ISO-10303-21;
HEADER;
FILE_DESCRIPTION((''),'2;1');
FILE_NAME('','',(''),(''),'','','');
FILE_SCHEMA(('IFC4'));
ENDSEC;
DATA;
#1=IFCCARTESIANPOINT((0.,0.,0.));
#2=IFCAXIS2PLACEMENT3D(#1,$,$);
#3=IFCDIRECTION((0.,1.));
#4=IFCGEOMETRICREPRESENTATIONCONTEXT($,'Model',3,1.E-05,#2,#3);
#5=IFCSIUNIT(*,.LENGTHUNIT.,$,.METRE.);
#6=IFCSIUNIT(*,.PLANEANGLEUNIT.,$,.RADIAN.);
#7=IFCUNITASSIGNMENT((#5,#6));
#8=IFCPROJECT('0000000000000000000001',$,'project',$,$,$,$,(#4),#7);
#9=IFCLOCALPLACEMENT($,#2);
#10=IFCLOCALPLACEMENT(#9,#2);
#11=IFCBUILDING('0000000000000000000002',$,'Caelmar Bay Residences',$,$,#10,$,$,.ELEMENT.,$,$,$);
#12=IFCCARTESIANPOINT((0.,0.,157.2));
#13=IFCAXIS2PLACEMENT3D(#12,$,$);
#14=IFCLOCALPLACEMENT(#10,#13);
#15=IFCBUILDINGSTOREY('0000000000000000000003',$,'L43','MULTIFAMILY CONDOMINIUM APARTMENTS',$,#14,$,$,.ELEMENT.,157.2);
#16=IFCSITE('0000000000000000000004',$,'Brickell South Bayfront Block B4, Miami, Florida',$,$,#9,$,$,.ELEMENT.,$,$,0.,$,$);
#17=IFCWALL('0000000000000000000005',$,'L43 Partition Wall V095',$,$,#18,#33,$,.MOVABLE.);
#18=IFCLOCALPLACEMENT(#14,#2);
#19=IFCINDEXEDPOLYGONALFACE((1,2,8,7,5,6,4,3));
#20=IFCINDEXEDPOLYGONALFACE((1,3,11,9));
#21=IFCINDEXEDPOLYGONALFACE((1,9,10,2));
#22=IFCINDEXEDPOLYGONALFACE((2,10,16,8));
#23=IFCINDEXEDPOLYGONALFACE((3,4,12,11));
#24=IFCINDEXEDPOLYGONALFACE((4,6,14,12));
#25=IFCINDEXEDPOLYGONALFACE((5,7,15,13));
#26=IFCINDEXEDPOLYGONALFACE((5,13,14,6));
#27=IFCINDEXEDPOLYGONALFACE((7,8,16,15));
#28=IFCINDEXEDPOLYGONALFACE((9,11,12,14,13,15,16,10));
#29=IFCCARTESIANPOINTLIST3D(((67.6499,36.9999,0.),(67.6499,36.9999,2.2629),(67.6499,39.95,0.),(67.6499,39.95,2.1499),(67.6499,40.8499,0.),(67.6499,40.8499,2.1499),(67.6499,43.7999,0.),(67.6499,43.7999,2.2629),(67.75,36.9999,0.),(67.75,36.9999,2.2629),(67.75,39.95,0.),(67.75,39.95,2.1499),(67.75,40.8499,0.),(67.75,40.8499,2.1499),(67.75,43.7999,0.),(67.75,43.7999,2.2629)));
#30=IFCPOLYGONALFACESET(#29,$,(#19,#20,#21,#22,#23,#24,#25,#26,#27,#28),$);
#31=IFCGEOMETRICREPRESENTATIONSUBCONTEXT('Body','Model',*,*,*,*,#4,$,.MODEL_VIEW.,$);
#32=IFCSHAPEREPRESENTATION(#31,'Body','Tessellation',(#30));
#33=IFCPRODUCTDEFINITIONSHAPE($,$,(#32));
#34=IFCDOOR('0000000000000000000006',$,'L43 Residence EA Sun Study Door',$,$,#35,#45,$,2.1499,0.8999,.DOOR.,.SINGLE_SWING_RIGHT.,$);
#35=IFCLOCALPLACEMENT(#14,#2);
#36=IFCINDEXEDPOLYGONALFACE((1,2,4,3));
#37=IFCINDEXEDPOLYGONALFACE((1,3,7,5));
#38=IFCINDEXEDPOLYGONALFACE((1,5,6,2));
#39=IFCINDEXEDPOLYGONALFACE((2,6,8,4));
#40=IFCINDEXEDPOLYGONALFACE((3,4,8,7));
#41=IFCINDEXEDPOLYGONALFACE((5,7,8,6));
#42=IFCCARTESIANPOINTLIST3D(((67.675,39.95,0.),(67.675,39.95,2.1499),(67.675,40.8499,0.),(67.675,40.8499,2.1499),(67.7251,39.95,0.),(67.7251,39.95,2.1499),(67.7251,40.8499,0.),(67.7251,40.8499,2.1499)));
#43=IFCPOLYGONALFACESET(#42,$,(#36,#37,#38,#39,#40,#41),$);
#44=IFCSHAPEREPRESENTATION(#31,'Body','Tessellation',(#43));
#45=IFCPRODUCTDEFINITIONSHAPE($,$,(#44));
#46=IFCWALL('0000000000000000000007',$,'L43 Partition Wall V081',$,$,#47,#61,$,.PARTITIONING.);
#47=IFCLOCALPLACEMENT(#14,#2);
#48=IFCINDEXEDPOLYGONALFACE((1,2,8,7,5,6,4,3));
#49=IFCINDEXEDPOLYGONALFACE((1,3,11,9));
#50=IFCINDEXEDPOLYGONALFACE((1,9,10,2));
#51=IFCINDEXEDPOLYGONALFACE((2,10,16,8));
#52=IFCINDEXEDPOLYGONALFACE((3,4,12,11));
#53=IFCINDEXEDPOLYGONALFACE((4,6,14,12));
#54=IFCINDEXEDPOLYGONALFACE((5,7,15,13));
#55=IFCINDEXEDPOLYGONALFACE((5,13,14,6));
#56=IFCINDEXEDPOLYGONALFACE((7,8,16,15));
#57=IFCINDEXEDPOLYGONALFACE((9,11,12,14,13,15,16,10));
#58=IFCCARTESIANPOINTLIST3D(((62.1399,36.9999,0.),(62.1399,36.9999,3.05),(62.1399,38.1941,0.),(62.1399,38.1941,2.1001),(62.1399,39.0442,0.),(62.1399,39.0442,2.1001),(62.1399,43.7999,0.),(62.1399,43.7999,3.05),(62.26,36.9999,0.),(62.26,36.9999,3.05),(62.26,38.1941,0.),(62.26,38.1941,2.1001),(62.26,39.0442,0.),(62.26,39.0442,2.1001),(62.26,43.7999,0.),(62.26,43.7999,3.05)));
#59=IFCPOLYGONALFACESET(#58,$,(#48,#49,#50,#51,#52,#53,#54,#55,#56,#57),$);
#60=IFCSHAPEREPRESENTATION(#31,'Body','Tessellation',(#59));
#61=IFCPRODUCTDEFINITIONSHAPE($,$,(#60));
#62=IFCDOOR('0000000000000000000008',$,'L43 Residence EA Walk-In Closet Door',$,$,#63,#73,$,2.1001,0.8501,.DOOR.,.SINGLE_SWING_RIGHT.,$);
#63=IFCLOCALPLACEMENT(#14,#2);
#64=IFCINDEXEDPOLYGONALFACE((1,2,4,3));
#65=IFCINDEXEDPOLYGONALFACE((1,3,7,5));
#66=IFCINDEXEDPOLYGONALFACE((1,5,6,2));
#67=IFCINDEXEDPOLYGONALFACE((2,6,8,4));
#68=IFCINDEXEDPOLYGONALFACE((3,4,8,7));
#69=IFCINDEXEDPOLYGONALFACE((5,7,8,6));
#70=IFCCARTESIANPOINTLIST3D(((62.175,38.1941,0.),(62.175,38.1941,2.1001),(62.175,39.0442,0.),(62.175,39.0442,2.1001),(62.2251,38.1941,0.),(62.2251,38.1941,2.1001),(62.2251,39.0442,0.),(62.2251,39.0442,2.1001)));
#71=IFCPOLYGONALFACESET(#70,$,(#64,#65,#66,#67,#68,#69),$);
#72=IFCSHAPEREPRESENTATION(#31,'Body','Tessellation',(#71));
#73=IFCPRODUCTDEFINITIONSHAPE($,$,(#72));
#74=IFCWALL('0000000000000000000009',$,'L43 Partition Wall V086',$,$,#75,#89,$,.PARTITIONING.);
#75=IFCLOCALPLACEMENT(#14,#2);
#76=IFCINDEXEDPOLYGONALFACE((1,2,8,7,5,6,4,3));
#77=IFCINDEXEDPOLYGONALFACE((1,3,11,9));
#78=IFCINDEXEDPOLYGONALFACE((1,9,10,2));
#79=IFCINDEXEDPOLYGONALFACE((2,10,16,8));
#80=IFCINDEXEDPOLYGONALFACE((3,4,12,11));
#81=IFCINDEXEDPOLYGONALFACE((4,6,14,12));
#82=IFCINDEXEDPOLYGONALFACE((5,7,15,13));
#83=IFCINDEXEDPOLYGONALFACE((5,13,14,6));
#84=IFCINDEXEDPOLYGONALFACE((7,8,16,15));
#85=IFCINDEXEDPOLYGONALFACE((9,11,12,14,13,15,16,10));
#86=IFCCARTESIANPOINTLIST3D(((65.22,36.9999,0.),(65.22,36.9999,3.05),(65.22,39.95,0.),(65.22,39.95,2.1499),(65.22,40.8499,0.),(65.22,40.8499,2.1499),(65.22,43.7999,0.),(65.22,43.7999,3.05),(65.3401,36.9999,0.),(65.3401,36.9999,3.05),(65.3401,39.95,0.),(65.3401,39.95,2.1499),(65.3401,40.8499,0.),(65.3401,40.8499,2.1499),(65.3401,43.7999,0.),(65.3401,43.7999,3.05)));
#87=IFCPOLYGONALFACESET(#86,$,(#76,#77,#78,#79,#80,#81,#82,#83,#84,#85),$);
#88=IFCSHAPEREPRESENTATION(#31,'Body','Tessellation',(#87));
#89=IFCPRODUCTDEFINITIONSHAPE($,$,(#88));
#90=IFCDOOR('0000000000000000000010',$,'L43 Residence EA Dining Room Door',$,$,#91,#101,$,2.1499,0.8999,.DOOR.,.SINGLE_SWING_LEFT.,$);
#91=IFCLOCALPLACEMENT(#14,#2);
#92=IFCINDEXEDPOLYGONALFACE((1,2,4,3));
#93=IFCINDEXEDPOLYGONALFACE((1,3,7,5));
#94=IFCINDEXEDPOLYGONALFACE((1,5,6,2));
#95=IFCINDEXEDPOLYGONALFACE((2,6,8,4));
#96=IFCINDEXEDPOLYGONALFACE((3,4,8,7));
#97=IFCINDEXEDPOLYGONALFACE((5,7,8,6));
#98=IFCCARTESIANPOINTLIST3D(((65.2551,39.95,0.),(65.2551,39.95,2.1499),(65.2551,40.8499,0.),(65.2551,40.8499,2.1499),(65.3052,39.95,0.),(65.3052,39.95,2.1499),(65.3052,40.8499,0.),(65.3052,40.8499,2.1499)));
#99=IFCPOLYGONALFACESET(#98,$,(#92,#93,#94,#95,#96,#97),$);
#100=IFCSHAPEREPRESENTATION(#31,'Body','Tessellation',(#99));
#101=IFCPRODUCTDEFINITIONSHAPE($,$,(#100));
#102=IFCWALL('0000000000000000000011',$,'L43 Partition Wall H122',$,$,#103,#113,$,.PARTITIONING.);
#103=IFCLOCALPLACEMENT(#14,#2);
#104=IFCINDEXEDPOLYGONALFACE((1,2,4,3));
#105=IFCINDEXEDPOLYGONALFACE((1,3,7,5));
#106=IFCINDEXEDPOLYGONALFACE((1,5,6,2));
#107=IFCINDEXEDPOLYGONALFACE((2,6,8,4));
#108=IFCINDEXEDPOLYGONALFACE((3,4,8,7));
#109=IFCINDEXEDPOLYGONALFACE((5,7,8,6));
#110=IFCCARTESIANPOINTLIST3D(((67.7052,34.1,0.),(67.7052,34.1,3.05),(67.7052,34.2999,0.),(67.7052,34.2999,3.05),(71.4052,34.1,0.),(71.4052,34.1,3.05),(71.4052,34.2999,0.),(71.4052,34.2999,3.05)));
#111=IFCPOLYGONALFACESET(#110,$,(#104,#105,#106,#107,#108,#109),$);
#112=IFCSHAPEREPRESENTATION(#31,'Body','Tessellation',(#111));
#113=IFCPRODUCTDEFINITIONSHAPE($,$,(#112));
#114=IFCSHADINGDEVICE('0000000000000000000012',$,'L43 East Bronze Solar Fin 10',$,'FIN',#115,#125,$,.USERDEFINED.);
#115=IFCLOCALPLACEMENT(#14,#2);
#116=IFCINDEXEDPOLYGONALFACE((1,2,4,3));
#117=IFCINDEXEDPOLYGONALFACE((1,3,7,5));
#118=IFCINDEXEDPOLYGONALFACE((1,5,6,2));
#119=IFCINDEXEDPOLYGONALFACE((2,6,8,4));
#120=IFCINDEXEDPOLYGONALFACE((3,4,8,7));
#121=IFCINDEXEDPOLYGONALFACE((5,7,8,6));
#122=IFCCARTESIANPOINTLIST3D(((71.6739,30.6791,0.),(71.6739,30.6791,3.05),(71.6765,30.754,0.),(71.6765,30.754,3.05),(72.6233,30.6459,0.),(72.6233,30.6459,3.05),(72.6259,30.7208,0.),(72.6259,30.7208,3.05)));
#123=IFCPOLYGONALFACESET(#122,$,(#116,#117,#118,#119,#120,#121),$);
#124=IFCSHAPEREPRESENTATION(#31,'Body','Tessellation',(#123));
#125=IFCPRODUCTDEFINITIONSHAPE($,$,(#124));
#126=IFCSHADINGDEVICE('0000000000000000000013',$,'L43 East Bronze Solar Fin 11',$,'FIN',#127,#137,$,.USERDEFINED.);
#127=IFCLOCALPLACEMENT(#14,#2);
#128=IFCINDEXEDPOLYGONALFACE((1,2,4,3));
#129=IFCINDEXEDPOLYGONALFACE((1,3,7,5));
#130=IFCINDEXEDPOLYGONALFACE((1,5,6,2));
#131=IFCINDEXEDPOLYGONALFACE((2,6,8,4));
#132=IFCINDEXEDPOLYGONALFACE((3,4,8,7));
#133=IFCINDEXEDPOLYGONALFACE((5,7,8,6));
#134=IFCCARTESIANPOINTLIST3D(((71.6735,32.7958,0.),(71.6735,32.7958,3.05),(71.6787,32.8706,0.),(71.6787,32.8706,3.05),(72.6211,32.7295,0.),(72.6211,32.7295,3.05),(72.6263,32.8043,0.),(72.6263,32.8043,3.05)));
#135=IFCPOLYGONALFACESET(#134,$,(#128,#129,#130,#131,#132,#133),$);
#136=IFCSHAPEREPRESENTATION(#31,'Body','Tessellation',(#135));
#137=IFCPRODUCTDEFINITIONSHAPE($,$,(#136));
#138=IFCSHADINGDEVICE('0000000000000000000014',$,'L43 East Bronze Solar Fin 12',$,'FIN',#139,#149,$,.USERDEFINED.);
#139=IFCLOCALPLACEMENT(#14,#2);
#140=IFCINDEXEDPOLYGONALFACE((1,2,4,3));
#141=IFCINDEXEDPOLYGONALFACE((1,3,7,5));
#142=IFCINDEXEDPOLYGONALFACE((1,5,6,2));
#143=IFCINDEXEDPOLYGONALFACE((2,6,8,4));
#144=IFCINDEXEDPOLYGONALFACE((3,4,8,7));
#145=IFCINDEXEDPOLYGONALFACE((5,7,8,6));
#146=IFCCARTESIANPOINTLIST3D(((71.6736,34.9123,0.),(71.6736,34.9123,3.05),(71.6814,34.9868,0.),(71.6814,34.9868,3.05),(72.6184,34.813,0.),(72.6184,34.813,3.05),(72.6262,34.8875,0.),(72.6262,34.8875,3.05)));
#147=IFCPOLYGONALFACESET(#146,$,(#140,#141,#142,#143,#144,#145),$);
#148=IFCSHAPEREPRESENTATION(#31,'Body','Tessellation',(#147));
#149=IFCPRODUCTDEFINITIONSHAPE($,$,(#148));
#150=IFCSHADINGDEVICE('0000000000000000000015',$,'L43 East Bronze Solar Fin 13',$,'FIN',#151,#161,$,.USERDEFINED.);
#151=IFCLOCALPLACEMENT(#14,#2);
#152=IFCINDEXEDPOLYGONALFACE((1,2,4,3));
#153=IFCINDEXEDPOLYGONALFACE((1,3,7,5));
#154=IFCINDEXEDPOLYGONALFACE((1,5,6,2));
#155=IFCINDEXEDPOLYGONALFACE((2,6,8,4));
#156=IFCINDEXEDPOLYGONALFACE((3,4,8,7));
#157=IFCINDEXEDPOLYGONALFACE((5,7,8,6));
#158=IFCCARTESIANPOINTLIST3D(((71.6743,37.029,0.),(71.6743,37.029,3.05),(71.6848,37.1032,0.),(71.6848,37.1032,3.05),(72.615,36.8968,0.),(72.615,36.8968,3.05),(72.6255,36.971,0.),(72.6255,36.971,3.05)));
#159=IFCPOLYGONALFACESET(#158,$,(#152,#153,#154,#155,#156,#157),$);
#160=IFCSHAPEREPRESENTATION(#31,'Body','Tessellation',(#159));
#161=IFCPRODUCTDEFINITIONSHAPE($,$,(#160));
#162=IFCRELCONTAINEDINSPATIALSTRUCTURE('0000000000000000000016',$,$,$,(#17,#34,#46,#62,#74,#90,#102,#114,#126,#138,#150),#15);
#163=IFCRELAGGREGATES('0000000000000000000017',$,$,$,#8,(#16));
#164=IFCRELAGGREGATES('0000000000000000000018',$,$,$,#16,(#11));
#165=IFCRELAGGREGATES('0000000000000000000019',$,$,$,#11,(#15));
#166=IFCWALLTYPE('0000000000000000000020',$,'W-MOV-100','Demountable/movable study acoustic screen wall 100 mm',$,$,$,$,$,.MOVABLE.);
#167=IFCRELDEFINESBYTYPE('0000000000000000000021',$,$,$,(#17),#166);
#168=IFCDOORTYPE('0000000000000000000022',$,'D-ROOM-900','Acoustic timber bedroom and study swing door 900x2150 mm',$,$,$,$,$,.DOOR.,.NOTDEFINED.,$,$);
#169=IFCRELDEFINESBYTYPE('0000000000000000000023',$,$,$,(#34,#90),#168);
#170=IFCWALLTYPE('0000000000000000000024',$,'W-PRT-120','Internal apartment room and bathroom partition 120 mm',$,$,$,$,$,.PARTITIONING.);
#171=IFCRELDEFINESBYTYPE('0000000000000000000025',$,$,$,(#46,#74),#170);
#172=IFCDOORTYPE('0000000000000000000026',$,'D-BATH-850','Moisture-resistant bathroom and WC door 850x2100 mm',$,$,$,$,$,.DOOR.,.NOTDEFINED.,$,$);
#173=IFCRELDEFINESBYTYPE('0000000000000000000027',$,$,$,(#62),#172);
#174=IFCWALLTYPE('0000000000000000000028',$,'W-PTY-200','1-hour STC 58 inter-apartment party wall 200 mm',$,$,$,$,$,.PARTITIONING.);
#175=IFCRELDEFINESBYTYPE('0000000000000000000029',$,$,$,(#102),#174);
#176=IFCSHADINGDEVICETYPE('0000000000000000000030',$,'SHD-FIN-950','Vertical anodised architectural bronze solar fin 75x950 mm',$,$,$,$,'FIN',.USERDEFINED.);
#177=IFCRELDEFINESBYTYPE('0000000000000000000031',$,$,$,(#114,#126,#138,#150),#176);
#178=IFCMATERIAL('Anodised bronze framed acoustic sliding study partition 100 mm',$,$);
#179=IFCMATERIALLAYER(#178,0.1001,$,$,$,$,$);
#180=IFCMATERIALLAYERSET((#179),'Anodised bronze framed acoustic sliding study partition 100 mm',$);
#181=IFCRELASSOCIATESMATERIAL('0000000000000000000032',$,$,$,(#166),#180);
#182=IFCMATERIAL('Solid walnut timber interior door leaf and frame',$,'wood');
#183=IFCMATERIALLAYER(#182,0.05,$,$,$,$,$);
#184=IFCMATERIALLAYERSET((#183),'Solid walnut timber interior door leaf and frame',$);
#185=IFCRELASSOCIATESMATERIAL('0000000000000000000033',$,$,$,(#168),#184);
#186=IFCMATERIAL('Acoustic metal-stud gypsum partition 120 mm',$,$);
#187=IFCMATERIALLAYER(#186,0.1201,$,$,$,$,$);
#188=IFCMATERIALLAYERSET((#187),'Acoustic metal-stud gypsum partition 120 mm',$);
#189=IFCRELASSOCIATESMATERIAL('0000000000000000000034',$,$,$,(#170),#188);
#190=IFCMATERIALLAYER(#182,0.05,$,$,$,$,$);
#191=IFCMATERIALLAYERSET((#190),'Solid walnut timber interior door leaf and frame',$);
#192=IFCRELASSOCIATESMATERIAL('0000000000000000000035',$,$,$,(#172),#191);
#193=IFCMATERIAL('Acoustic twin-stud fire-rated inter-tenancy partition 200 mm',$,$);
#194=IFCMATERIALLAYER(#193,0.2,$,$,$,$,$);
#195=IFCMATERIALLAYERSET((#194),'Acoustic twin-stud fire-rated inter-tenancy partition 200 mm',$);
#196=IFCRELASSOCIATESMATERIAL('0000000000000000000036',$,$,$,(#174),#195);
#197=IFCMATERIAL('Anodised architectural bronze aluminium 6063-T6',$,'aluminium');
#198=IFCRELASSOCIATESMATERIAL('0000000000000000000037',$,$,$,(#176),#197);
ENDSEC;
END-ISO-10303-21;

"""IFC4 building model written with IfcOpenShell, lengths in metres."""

from ifc_helpers import new_model, si_unit, direction, frame, frame_2d, origin, origin_2d, place, context, subcontext, project, spatial, rectangle, extrude, material, layer, layer_set, material_profile, profile_set, type_object, element, fill, save


model = new_model("IFC4")

# Units and contexts
model_context = context("Model", 3, precision=1e-05, world=origin(), true_north=direction((0.0, 1.0)))
body_context = subcontext(model_context, "Body", "Model", "MODEL_VIEW")
ifc_project = project(units=[si_unit("LENGTHUNIT", "METRE"), si_unit("PLANEANGLEUNIT", "RADIAN")], contexts=[model_context])

# Site, building, storey
site_placement = place(None, origin())
site = spatial("IfcSite", under=ifc_project, at=site_placement, Name="Brickell South Bayfront Block B4, Miami, Florida", CompositionType="ELEMENT", RefElevation=0.0)
building_placement = place(site_placement, origin())
building = spatial("IfcBuilding", under=site, at=building_placement, Name="Caelmar Bay Residences", CompositionType="ELEMENT")
storey_placement = place(building_placement, frame((0.0, 0.0, 157.2)))
storey = spatial("IfcBuildingStorey", under=building, at=storey_placement, Name="L43", Description="MULTIFAMILY CONDOMINIUM APARTMENTS", CompositionType="ELEMENT", Elevation=157.2)

# Walls, openings, doors
ifc_material_1 = material(Name="Anodised bronze framed acoustic sliding study partition 100 mm")
ifc_layer_1 = layer(ifc_material_1, 0.1001)
ifc_layer_set_1 = layer_set([ifc_layer_1], Name="Anodised bronze framed acoustic sliding study partition 100 mm")
wall_type_1 = type_object("IfcWallType", Name="W-MOV-100", Description="Demountable/movable study acoustic screen wall 100 mm", PredefinedType="MOVABLE", material=ifc_layer_set_1)
wall_1_placement = place(storey_placement, frame((67.7, 37.0, 0.0), z_axis=(0.0, 0.0, 1.0), x_axis=(0.0, 1.0, 0.0)))
wall_1 = element("IfcWall", 1, at=wall_1_placement, inside=storey, type_object=wall_type_1, Name="L43 Partition Wall V095", PredefinedType="MOVABLE", context=body_context, shape_type="SweptSolid", body=[
    extrude(rectangle(XDim=6.8, YDim=0.1001, at=frame_2d((3.3999, 0.0))), origin(), (0.0, 0.0, 1.0), 2.2629),
])
opening_1_placement = place(wall_1_placement, frame((2.95, 0.0, 0.0)))
opening_1 = element("IfcOpeningElement", 2, at=opening_1_placement, cuts=wall_1, PredefinedType="OPENING", context=body_context, shape_type="SweptSolid", body=[
    extrude(rectangle(XDim=0.8999, YDim=2.1499, at=frame_2d((0.45, 1.075))), frame((0.0, 0.0601, 0.0), z_axis=(0.0, -1.0, 0.0), x_axis=(1.0, 0.0, 0.0)), (0.0, 0.0, 1.0), 0.1201),
])
ifc_material_2 = material(Name="Solid walnut timber interior door leaf and frame", Category="wood")
ifc_layer_2 = layer(ifc_material_2, 0.05)
ifc_layer_set_2 = layer_set([ifc_layer_2], Name="Solid walnut timber interior door leaf and frame")
door_type_1 = type_object("IfcDoorType", Name="D-ROOM-900", Description="Acoustic timber bedroom and study swing door 900x2150 mm", OperationType="NOTDEFINED", PredefinedType="DOOR", material=ifc_layer_set_2)
door_1_placement = place(opening_1_placement, origin())
door_1 = element("IfcDoor", 3, at=door_1_placement, inside=storey, type_object=door_type_1, Name="L43 Residence EA Sun Study Door", OperationType="SINGLE_SWING_RIGHT", OverallHeight=2.1499, OverallWidth=0.8999, PredefinedType="DOOR", context=body_context, shape_type="SweptSolid", body=[
    extrude(rectangle(XDim=0.8999, YDim=2.1499, at=frame_2d((0.45, 1.075))), frame((0.0, 0.0249, 0.0), z_axis=(0.0, -1.0, 0.0), x_axis=(1.0, 0.0, 0.0)), (0.0, 0.0, 1.0), 0.05),
])
fill(opening_1, door_1)
ifc_material_3 = material(Name="Acoustic metal-stud gypsum partition 120 mm")
ifc_layer_3 = layer(ifc_material_3, 0.1201)
ifc_layer_set_3 = layer_set([ifc_layer_3], Name="Acoustic metal-stud gypsum partition 120 mm")
wall_type_2 = type_object("IfcWallType", Name="W-PRT-120", Description="Internal apartment room and bathroom partition 120 mm", PredefinedType="PARTITIONING", material=ifc_layer_set_3)
wall_2_placement = place(storey_placement, frame((62.2, 37.0, 0.0), z_axis=(0.0, 0.0, 1.0), x_axis=(0.0, 1.0, 0.0)))
wall_2 = element("IfcWall", 4, at=wall_2_placement, inside=storey, type_object=wall_type_2, Name="L43 Partition Wall V081", PredefinedType="PARTITIONING", context=body_context, shape_type="SweptSolid", body=[
    extrude(rectangle(XDim=6.8, YDim=0.1201, at=frame_2d((3.3999, 0.0))), origin(), (0.0, 0.0, 1.0), 3.05),
])
opening_2_placement = place(wall_2_placement, frame((1.1941, 0.0, 0.0)))
opening_2 = element("IfcOpeningElement", 5, at=opening_2_placement, cuts=wall_2, PredefinedType="OPENING", context=body_context, shape_type="SweptSolid", body=[
    extrude(rectangle(XDim=0.8501, YDim=2.1001, at=frame_2d((0.425, 1.05))), frame((0.0, 0.0701, 0.0), z_axis=(0.0, -1.0, 0.0), x_axis=(1.0, 0.0, 0.0)), (0.0, 0.0, 1.0), 0.1401),
])
ifc_layer_4 = layer(ifc_material_2, 0.05)
ifc_layer_set_4 = layer_set([ifc_layer_4], Name="Solid walnut timber interior door leaf and frame")
door_type_2 = type_object("IfcDoorType", Name="D-BATH-850", Description="Moisture-resistant bathroom and WC door 850x2100 mm", OperationType="NOTDEFINED", PredefinedType="DOOR", material=ifc_layer_set_4)
door_2_placement = place(opening_2_placement, origin())
door_2 = element("IfcDoor", 6, at=door_2_placement, inside=storey, type_object=door_type_2, Name="L43 Residence EA Walk-In Closet Door", OperationType="SINGLE_SWING_RIGHT", OverallHeight=2.1001, OverallWidth=0.8501, PredefinedType="DOOR", context=body_context, shape_type="SweptSolid", body=[
    extrude(rectangle(XDim=0.8501, YDim=2.1001, at=frame_2d((0.425, 1.05))), frame((0.0, 0.0249, 0.0), z_axis=(0.0, -1.0, 0.0), x_axis=(1.0, 0.0, 0.0)), (0.0, 0.0, 1.0), 0.05),
])
fill(opening_2, door_2)
wall_3_placement = place(storey_placement, frame((65.28, 37.0, 0.0), z_axis=(0.0, 0.0, 1.0), x_axis=(0.0, 1.0, 0.0)))
wall_3 = element("IfcWall", 7, at=wall_3_placement, inside=storey, type_object=wall_type_2, Name="L43 Partition Wall V086", PredefinedType="PARTITIONING", context=body_context, shape_type="SweptSolid", body=[
    extrude(rectangle(XDim=6.8, YDim=0.1201, at=frame_2d((3.3999, 0.0))), origin(), (0.0, 0.0, 1.0), 3.05),
])
opening_3_placement = place(wall_3_placement, frame((2.95, 0.0, 0.0)))
opening_3 = element("IfcOpeningElement", 8, at=opening_3_placement, cuts=wall_3, PredefinedType="OPENING", context=body_context, shape_type="SweptSolid", body=[
    extrude(rectangle(XDim=0.8999, YDim=2.1499, at=frame_2d((0.45, 1.075))), frame((0.0, 0.0701, 0.0), z_axis=(0.0, -1.0, 0.0), x_axis=(1.0, 0.0, 0.0)), (0.0, 0.0, 1.0), 0.1401),
])
door_3_placement = place(opening_3_placement, origin())
door_3 = element("IfcDoor", 9, at=door_3_placement, inside=storey, type_object=door_type_1, Name="L43 Residence EA Dining Room Door", OperationType="SINGLE_SWING_LEFT", OverallHeight=2.1499, OverallWidth=0.8999, PredefinedType="DOOR", context=body_context, shape_type="SweptSolid", body=[
    extrude(rectangle(XDim=0.8999, YDim=2.1499, at=frame_2d((0.45, 1.075))), frame((0.0, 0.0249, 0.0), z_axis=(0.0, -1.0, 0.0), x_axis=(1.0, 0.0, 0.0)), (0.0, 0.0, 1.0), 0.05),
])
fill(opening_3, door_3)

# Wall
ifc_material_4 = material(Name="Acoustic twin-stud fire-rated inter-tenancy partition 200 mm")
ifc_layer_5 = layer(ifc_material_4, 0.2)
ifc_layer_set_5 = layer_set([ifc_layer_5], Name="Acoustic twin-stud fire-rated inter-tenancy partition 200 mm")
wall_type_3 = type_object("IfcWallType", Name="W-PTY-200", Description="1-hour STC 58 inter-apartment party wall 200 mm", PredefinedType="PARTITIONING", material=ifc_layer_set_5)
wall_4_placement = place(storey_placement, frame((67.7051, 34.2, 0.0), z_axis=(0.0, 0.0, 1.0), x_axis=(1.0, 0.0, 0.0)))
element("IfcWall", 10, at=wall_4_placement, inside=storey, type_object=wall_type_3, Name="L43 Partition Wall H122", PredefinedType="PARTITIONING", context=body_context, shape_type="SweptSolid", body=[
    extrude(rectangle(XDim=3.7, YDim=0.2, at=frame_2d((1.8501, 0.0))), origin(), (0.0, 0.0, 1.0), 3.05),
])

# Shading devices
ifc_material_5 = material(Name="Anodised architectural bronze aluminium 6063-T6", Category="aluminium")
ifc_material_profile_1 = material_profile(ifc_material_5, rectangle(XDim=0.075, YDim=0.95, at=origin_2d()), Name="BRONZE-FIN-75X950")
ifc_profile_set_1 = profile_set([ifc_material_profile_1], Name="Anodised architectural bronze aluminium 6063-T6")
shading_device_type = type_object("IfcShadingDeviceType", Name="SHD-FIN-950", Description="Vertical anodised architectural bronze solar fin 75x950 mm", ElementType="FIN", PredefinedType="USERDEFINED", material=ifc_profile_set_1)
for number, where, z_axis, x_axis, name in (
    (11, (72.1499, 30.7, 0.0), (0.0, 0.0, 1.0), (0.034899, 0.999391, 0.0), "L43 East Bronze Solar Fin 10"),
    (12, (72.1499, 32.8, 0.0), (0.0, 0.0, 1.0), (0.069756, 0.997564, 0.0), "L43 East Bronze Solar Fin 11"),
    (13, (72.1499, 34.8999, 0.0), (0.0, 0.0, 1.0), (0.104528, 0.994522, 0.0), "L43 East Bronze Solar Fin 12"),
    (14, (72.1499, 37.0, 0.0), (0.0, 0.0, 1.0), (0.139173, 0.990268, 0.0), "L43 East Bronze Solar Fin 13"),
):
    element("IfcShadingDevice", number, at=place(storey_placement, frame(where, z_axis=z_axis, x_axis=x_axis)), inside=storey, type_object=shading_device_type, Name=name, ObjectType="FIN", PredefinedType="USERDEFINED", context=body_context, shape_type="SweptSolid", body=[
        extrude(rectangle(XDim=0.075, YDim=0.95, at=origin_2d()), origin(), (0.0, 0.0, 1.0), 3.05),
    ])

save(model, "model.ifc")
